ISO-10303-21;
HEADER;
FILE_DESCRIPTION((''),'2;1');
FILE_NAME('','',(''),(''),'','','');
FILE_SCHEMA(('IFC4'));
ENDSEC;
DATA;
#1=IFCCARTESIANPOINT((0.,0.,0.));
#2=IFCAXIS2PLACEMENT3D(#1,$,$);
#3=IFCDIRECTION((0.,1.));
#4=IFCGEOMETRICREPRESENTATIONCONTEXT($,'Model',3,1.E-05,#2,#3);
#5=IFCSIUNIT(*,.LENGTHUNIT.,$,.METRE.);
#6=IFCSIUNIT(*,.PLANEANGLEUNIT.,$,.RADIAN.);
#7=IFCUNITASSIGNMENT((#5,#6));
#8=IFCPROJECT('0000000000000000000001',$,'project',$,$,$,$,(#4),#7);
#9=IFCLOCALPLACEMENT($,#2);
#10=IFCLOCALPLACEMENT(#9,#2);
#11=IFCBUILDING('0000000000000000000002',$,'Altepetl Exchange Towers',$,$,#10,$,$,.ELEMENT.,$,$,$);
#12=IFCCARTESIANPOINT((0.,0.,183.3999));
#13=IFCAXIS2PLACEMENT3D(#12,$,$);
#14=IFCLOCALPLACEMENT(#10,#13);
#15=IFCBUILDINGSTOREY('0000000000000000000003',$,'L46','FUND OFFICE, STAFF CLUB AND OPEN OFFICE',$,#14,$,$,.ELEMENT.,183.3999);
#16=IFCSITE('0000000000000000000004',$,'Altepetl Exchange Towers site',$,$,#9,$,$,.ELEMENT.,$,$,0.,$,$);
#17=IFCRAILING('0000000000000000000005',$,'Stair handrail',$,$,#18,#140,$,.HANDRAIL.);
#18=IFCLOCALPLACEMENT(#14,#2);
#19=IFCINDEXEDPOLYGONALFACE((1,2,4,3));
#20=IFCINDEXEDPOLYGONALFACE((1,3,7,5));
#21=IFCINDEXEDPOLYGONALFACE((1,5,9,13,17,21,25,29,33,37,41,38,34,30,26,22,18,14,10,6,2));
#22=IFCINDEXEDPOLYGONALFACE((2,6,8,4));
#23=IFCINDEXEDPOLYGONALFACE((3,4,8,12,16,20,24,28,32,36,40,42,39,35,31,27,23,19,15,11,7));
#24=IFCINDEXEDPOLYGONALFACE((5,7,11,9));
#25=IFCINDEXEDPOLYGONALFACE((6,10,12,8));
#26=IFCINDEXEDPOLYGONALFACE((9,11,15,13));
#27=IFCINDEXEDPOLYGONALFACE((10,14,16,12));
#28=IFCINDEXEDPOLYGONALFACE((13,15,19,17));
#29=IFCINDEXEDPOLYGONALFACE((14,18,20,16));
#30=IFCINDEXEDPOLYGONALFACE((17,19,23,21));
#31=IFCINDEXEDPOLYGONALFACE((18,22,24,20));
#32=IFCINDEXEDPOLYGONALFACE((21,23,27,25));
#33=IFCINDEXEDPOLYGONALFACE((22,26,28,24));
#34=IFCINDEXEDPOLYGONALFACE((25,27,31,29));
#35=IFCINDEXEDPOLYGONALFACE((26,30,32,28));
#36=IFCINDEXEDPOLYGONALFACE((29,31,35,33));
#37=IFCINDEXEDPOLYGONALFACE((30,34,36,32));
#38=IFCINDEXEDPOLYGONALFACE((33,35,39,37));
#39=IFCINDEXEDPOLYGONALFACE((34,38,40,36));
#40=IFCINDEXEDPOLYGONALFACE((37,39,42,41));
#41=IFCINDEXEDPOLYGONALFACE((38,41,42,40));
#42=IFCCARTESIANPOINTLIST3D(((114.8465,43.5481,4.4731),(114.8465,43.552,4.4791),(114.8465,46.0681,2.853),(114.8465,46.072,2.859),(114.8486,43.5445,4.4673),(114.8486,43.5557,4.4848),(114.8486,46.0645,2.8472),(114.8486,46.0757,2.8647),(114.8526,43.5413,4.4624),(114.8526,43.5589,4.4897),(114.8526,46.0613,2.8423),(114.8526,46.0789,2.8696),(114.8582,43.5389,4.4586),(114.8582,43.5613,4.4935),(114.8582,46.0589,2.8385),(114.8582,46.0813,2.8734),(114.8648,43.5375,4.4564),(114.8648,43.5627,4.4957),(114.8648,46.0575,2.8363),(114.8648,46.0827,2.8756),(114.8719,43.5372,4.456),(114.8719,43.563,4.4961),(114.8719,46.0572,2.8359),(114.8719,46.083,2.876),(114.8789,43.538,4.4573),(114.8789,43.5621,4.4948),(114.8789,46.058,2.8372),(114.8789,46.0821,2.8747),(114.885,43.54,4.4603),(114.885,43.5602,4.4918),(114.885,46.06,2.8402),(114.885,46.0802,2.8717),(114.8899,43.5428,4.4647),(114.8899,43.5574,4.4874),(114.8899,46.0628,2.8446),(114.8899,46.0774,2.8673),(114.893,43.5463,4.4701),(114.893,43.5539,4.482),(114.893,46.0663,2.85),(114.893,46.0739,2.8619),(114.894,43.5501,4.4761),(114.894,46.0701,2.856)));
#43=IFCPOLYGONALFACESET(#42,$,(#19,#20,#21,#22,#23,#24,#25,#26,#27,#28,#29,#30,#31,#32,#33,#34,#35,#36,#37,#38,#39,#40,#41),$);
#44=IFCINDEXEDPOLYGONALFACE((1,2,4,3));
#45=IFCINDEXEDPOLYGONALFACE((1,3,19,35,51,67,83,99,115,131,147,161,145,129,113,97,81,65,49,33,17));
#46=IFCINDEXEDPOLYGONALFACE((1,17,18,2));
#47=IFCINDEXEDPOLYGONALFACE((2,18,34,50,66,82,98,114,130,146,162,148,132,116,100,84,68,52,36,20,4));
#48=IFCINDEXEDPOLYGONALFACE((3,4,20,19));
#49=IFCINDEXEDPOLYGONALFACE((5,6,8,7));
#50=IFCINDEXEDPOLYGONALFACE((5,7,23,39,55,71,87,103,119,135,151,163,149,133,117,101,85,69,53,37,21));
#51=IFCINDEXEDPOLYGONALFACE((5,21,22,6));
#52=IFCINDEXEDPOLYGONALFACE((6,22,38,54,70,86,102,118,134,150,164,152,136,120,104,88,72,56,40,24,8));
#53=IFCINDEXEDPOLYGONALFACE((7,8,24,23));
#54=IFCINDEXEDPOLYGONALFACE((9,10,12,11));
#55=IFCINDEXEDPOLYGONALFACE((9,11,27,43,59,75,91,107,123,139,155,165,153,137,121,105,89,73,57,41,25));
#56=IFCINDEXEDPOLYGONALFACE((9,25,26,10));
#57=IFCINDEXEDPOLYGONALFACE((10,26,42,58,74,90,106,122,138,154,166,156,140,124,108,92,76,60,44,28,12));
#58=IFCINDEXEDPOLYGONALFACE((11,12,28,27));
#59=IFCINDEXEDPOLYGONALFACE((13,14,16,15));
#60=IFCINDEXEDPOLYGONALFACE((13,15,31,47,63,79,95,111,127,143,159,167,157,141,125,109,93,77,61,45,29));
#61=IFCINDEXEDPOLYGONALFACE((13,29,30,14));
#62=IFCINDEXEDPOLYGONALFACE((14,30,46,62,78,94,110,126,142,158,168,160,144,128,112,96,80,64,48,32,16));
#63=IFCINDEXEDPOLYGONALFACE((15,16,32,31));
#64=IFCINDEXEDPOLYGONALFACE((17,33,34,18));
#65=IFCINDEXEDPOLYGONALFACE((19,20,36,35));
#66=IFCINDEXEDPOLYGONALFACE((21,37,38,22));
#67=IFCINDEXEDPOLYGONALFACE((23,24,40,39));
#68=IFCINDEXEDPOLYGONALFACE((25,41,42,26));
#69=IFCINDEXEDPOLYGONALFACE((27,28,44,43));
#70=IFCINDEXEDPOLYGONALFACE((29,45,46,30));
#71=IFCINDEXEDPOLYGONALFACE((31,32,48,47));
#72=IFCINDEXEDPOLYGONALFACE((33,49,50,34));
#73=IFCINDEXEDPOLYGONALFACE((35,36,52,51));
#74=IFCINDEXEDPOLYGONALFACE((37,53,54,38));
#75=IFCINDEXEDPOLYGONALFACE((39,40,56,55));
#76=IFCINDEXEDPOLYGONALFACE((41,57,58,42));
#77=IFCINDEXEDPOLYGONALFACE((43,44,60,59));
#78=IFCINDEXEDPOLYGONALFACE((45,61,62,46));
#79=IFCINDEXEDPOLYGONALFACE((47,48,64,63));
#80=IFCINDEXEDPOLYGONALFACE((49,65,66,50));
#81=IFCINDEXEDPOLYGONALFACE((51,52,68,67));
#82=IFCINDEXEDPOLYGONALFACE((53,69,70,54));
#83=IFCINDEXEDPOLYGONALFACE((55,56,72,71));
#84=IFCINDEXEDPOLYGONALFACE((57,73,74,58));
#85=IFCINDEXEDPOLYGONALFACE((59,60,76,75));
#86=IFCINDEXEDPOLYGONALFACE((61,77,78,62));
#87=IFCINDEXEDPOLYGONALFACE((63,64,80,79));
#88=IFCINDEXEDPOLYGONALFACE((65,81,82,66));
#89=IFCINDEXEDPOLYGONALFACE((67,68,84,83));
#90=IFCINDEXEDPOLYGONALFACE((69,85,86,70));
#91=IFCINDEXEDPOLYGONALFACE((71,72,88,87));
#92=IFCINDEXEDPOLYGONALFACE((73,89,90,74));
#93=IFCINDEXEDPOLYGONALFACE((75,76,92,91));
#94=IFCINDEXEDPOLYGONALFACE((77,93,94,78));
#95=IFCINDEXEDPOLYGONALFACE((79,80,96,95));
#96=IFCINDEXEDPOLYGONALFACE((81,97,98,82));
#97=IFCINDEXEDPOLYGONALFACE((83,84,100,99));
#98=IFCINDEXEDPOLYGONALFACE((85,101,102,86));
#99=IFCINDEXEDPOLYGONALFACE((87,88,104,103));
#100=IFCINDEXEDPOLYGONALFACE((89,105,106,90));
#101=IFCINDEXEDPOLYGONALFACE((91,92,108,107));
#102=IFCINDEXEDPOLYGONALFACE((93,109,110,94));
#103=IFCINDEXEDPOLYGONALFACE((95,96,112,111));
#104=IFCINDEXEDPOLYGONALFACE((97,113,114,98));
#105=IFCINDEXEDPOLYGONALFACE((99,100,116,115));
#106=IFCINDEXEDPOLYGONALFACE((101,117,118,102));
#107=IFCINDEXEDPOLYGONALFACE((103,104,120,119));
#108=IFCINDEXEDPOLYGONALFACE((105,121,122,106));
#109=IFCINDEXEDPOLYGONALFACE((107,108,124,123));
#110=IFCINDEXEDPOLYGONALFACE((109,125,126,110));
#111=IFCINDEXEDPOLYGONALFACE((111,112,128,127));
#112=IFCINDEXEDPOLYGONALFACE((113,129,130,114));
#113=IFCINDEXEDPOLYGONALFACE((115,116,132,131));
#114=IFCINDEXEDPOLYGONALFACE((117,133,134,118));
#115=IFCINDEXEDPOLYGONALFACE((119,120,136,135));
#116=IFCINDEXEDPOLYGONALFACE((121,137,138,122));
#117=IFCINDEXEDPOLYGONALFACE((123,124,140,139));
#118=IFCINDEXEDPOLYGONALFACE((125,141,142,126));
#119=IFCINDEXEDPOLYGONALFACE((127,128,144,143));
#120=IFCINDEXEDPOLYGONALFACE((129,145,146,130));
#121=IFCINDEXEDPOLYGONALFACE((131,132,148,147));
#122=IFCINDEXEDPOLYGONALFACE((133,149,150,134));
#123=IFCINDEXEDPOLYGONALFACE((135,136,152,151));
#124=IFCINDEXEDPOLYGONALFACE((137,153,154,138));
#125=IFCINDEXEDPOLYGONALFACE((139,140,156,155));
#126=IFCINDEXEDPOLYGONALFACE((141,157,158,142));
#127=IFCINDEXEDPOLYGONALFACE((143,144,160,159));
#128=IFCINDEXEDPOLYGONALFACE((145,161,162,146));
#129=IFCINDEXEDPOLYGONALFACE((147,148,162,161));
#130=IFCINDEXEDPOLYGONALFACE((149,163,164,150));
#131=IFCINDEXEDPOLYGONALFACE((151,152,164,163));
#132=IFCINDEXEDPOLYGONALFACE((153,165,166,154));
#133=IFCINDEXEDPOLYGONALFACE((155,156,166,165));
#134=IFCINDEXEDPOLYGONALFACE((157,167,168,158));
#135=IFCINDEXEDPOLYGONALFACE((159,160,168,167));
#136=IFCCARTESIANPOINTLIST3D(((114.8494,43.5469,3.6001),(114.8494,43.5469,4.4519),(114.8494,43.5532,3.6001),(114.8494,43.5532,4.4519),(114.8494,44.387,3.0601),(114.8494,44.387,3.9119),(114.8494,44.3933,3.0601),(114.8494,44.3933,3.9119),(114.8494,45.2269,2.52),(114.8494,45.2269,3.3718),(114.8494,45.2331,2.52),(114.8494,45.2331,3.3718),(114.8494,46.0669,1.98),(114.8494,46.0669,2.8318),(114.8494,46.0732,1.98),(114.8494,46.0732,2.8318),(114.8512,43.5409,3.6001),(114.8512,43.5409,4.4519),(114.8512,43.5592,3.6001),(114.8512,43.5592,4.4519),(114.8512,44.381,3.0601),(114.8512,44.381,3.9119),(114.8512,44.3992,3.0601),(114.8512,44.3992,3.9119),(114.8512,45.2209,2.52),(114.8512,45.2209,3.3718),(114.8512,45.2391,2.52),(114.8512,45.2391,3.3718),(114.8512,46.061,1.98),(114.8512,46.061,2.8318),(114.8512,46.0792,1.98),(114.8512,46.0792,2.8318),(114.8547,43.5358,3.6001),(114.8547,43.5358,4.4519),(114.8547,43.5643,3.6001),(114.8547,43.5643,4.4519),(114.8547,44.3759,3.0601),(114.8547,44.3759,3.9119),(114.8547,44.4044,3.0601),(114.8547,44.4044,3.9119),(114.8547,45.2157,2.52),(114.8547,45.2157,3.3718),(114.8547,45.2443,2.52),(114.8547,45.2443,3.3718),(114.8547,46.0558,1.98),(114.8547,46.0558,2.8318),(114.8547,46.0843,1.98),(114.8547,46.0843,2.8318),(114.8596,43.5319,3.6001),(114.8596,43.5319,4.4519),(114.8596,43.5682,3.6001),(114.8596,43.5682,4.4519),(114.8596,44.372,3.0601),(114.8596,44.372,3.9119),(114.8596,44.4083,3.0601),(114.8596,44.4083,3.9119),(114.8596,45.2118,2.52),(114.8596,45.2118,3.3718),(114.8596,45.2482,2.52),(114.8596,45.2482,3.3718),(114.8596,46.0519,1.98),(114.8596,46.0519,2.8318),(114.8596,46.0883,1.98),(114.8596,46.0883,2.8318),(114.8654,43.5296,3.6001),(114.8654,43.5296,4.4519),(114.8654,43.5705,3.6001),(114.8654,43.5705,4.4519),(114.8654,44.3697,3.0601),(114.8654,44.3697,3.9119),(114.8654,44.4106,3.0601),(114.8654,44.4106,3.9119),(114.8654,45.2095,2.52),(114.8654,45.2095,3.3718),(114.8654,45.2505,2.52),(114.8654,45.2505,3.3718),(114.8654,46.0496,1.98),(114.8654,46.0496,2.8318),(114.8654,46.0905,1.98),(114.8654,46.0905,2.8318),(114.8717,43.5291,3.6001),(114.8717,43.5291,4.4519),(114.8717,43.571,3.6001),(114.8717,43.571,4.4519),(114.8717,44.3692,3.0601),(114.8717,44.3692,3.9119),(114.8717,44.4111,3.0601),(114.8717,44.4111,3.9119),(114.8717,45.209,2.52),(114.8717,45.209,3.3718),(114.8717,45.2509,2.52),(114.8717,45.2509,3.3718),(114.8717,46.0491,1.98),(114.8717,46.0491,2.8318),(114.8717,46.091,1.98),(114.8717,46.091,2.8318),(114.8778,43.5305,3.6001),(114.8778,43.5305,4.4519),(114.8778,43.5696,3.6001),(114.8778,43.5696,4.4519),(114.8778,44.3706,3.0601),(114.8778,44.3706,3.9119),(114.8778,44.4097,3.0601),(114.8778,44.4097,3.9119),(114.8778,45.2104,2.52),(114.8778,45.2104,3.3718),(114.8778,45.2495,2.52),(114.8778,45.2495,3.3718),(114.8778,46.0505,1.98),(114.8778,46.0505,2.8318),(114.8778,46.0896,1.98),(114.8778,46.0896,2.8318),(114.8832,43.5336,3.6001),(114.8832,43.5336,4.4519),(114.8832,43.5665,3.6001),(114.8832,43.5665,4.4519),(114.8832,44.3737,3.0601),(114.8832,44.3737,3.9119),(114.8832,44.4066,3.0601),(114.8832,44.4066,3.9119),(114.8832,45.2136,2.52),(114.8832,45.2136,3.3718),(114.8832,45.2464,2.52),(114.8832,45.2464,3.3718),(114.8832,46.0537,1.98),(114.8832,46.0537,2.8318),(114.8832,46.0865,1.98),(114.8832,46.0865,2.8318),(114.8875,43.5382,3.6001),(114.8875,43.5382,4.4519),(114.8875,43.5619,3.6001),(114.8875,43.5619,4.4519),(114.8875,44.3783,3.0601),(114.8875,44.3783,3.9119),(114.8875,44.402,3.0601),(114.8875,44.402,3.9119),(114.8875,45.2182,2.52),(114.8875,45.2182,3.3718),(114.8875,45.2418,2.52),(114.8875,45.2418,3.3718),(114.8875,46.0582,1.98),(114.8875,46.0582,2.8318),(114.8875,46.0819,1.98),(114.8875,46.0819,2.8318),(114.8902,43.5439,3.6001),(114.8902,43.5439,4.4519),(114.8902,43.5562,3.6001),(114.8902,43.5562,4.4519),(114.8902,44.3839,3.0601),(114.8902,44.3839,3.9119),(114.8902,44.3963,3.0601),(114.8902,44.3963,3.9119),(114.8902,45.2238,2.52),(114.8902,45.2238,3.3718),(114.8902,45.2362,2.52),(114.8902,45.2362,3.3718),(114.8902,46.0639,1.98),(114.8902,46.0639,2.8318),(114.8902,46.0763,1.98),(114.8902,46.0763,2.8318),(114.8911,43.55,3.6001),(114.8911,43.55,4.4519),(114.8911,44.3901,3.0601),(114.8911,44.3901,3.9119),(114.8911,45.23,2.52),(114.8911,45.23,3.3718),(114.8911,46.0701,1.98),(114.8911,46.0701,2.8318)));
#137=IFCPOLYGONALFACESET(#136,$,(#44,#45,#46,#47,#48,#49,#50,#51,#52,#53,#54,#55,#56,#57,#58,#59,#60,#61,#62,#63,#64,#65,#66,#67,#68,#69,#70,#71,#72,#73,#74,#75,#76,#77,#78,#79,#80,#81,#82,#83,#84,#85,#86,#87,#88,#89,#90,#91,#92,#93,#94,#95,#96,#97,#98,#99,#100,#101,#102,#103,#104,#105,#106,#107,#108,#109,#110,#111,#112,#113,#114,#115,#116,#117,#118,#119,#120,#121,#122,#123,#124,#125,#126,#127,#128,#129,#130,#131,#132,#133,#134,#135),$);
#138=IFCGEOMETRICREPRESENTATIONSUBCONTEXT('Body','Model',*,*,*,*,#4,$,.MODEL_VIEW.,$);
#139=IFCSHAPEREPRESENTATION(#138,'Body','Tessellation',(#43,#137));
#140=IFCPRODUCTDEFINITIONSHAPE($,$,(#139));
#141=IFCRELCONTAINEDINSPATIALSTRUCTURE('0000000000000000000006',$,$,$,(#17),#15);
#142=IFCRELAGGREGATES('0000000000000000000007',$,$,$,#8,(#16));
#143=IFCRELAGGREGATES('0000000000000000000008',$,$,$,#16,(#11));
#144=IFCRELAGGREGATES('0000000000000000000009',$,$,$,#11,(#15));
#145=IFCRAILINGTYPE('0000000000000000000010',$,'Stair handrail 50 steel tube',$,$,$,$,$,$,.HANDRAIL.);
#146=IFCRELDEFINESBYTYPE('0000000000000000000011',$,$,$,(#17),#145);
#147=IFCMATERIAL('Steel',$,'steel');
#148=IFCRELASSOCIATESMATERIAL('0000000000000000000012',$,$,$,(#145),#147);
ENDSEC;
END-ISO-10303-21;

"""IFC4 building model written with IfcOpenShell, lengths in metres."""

from ifc_helpers import new_model, si_unit, direction, frame, origin, origin_2d, place, context, subcontext, project, spatial, circle, extrude, source, transform, mapped, material, type_object, element, save


model = new_model("IFC4")

# Units and contexts
model_context = context("Model", 3, precision=1e-05, world=origin(), true_north=direction((0.0, 1.0)))
body_context = subcontext(model_context, "Body", "Model", "MODEL_VIEW")
ifc_project = project(units=[si_unit("LENGTHUNIT", "METRE"), si_unit("PLANEANGLEUNIT", "RADIAN")], contexts=[model_context])

# Site, building, storey
site_placement = place(None, origin())
site = spatial("IfcSite", under=ifc_project, at=site_placement, Name="Altepetl Exchange Towers site", CompositionType="ELEMENT", RefElevation=0.0)
building_placement = place(site_placement, origin())
building = spatial("IfcBuilding", under=site, at=building_placement, Name="Altepetl Exchange Towers", CompositionType="ELEMENT")
storey_placement = place(building_placement, frame((0.0, 0.0, 183.3999)))
storey = spatial("IfcBuildingStorey", under=building, at=storey_placement, Name="L46", Description="FUND OFFICE, STAFF CLUB AND OPEN OFFICE", CompositionType="ELEMENT", Elevation=183.3999)

# Railing
ifc_material_1 = material(Name="Steel", Category="steel")
railing_type = type_object("IfcRailingType", Name="Stair handrail 50 steel tube", PredefinedType="HANDRAIL", material=ifc_material_1)
shared_shape = source(origin(), body_context, "Body", "SweptSolid", [
    extrude(circle(Radius=0.021, at=origin_2d()), origin(), (0.0, 0.0, 1.0), 0.8518),
])
railing_1_placement = place(storey_placement, frame((114.8701, 46.0701, 1.98)))
element("IfcRailing", 1, at=railing_1_placement, inside=storey, type_object=railing_type, Name="Stair handrail", PredefinedType="HANDRAIL", context=body_context, shape_type="SweptSolid", body=[
    extrude(circle(Radius=0.0239, at=origin_2d()), frame((0.0, 0.0, 0.876), z_axis=(0.0, -0.841163, 0.540782), x_axis=(1.0, 0.0, 0.0)), (0.0, 0.0, 1.0), 2.9958),
    mapped(shared_shape, transform((0.0, 0.0, 0.0))),
    mapped(shared_shape, transform((0.0, -0.8401, 0.54))),
    mapped(shared_shape, transform((0.0, -1.6799, 1.0801))),
    mapped(shared_shape, transform((0.0, -2.52, 1.6201))),
])

save(model, "model.ifc")
